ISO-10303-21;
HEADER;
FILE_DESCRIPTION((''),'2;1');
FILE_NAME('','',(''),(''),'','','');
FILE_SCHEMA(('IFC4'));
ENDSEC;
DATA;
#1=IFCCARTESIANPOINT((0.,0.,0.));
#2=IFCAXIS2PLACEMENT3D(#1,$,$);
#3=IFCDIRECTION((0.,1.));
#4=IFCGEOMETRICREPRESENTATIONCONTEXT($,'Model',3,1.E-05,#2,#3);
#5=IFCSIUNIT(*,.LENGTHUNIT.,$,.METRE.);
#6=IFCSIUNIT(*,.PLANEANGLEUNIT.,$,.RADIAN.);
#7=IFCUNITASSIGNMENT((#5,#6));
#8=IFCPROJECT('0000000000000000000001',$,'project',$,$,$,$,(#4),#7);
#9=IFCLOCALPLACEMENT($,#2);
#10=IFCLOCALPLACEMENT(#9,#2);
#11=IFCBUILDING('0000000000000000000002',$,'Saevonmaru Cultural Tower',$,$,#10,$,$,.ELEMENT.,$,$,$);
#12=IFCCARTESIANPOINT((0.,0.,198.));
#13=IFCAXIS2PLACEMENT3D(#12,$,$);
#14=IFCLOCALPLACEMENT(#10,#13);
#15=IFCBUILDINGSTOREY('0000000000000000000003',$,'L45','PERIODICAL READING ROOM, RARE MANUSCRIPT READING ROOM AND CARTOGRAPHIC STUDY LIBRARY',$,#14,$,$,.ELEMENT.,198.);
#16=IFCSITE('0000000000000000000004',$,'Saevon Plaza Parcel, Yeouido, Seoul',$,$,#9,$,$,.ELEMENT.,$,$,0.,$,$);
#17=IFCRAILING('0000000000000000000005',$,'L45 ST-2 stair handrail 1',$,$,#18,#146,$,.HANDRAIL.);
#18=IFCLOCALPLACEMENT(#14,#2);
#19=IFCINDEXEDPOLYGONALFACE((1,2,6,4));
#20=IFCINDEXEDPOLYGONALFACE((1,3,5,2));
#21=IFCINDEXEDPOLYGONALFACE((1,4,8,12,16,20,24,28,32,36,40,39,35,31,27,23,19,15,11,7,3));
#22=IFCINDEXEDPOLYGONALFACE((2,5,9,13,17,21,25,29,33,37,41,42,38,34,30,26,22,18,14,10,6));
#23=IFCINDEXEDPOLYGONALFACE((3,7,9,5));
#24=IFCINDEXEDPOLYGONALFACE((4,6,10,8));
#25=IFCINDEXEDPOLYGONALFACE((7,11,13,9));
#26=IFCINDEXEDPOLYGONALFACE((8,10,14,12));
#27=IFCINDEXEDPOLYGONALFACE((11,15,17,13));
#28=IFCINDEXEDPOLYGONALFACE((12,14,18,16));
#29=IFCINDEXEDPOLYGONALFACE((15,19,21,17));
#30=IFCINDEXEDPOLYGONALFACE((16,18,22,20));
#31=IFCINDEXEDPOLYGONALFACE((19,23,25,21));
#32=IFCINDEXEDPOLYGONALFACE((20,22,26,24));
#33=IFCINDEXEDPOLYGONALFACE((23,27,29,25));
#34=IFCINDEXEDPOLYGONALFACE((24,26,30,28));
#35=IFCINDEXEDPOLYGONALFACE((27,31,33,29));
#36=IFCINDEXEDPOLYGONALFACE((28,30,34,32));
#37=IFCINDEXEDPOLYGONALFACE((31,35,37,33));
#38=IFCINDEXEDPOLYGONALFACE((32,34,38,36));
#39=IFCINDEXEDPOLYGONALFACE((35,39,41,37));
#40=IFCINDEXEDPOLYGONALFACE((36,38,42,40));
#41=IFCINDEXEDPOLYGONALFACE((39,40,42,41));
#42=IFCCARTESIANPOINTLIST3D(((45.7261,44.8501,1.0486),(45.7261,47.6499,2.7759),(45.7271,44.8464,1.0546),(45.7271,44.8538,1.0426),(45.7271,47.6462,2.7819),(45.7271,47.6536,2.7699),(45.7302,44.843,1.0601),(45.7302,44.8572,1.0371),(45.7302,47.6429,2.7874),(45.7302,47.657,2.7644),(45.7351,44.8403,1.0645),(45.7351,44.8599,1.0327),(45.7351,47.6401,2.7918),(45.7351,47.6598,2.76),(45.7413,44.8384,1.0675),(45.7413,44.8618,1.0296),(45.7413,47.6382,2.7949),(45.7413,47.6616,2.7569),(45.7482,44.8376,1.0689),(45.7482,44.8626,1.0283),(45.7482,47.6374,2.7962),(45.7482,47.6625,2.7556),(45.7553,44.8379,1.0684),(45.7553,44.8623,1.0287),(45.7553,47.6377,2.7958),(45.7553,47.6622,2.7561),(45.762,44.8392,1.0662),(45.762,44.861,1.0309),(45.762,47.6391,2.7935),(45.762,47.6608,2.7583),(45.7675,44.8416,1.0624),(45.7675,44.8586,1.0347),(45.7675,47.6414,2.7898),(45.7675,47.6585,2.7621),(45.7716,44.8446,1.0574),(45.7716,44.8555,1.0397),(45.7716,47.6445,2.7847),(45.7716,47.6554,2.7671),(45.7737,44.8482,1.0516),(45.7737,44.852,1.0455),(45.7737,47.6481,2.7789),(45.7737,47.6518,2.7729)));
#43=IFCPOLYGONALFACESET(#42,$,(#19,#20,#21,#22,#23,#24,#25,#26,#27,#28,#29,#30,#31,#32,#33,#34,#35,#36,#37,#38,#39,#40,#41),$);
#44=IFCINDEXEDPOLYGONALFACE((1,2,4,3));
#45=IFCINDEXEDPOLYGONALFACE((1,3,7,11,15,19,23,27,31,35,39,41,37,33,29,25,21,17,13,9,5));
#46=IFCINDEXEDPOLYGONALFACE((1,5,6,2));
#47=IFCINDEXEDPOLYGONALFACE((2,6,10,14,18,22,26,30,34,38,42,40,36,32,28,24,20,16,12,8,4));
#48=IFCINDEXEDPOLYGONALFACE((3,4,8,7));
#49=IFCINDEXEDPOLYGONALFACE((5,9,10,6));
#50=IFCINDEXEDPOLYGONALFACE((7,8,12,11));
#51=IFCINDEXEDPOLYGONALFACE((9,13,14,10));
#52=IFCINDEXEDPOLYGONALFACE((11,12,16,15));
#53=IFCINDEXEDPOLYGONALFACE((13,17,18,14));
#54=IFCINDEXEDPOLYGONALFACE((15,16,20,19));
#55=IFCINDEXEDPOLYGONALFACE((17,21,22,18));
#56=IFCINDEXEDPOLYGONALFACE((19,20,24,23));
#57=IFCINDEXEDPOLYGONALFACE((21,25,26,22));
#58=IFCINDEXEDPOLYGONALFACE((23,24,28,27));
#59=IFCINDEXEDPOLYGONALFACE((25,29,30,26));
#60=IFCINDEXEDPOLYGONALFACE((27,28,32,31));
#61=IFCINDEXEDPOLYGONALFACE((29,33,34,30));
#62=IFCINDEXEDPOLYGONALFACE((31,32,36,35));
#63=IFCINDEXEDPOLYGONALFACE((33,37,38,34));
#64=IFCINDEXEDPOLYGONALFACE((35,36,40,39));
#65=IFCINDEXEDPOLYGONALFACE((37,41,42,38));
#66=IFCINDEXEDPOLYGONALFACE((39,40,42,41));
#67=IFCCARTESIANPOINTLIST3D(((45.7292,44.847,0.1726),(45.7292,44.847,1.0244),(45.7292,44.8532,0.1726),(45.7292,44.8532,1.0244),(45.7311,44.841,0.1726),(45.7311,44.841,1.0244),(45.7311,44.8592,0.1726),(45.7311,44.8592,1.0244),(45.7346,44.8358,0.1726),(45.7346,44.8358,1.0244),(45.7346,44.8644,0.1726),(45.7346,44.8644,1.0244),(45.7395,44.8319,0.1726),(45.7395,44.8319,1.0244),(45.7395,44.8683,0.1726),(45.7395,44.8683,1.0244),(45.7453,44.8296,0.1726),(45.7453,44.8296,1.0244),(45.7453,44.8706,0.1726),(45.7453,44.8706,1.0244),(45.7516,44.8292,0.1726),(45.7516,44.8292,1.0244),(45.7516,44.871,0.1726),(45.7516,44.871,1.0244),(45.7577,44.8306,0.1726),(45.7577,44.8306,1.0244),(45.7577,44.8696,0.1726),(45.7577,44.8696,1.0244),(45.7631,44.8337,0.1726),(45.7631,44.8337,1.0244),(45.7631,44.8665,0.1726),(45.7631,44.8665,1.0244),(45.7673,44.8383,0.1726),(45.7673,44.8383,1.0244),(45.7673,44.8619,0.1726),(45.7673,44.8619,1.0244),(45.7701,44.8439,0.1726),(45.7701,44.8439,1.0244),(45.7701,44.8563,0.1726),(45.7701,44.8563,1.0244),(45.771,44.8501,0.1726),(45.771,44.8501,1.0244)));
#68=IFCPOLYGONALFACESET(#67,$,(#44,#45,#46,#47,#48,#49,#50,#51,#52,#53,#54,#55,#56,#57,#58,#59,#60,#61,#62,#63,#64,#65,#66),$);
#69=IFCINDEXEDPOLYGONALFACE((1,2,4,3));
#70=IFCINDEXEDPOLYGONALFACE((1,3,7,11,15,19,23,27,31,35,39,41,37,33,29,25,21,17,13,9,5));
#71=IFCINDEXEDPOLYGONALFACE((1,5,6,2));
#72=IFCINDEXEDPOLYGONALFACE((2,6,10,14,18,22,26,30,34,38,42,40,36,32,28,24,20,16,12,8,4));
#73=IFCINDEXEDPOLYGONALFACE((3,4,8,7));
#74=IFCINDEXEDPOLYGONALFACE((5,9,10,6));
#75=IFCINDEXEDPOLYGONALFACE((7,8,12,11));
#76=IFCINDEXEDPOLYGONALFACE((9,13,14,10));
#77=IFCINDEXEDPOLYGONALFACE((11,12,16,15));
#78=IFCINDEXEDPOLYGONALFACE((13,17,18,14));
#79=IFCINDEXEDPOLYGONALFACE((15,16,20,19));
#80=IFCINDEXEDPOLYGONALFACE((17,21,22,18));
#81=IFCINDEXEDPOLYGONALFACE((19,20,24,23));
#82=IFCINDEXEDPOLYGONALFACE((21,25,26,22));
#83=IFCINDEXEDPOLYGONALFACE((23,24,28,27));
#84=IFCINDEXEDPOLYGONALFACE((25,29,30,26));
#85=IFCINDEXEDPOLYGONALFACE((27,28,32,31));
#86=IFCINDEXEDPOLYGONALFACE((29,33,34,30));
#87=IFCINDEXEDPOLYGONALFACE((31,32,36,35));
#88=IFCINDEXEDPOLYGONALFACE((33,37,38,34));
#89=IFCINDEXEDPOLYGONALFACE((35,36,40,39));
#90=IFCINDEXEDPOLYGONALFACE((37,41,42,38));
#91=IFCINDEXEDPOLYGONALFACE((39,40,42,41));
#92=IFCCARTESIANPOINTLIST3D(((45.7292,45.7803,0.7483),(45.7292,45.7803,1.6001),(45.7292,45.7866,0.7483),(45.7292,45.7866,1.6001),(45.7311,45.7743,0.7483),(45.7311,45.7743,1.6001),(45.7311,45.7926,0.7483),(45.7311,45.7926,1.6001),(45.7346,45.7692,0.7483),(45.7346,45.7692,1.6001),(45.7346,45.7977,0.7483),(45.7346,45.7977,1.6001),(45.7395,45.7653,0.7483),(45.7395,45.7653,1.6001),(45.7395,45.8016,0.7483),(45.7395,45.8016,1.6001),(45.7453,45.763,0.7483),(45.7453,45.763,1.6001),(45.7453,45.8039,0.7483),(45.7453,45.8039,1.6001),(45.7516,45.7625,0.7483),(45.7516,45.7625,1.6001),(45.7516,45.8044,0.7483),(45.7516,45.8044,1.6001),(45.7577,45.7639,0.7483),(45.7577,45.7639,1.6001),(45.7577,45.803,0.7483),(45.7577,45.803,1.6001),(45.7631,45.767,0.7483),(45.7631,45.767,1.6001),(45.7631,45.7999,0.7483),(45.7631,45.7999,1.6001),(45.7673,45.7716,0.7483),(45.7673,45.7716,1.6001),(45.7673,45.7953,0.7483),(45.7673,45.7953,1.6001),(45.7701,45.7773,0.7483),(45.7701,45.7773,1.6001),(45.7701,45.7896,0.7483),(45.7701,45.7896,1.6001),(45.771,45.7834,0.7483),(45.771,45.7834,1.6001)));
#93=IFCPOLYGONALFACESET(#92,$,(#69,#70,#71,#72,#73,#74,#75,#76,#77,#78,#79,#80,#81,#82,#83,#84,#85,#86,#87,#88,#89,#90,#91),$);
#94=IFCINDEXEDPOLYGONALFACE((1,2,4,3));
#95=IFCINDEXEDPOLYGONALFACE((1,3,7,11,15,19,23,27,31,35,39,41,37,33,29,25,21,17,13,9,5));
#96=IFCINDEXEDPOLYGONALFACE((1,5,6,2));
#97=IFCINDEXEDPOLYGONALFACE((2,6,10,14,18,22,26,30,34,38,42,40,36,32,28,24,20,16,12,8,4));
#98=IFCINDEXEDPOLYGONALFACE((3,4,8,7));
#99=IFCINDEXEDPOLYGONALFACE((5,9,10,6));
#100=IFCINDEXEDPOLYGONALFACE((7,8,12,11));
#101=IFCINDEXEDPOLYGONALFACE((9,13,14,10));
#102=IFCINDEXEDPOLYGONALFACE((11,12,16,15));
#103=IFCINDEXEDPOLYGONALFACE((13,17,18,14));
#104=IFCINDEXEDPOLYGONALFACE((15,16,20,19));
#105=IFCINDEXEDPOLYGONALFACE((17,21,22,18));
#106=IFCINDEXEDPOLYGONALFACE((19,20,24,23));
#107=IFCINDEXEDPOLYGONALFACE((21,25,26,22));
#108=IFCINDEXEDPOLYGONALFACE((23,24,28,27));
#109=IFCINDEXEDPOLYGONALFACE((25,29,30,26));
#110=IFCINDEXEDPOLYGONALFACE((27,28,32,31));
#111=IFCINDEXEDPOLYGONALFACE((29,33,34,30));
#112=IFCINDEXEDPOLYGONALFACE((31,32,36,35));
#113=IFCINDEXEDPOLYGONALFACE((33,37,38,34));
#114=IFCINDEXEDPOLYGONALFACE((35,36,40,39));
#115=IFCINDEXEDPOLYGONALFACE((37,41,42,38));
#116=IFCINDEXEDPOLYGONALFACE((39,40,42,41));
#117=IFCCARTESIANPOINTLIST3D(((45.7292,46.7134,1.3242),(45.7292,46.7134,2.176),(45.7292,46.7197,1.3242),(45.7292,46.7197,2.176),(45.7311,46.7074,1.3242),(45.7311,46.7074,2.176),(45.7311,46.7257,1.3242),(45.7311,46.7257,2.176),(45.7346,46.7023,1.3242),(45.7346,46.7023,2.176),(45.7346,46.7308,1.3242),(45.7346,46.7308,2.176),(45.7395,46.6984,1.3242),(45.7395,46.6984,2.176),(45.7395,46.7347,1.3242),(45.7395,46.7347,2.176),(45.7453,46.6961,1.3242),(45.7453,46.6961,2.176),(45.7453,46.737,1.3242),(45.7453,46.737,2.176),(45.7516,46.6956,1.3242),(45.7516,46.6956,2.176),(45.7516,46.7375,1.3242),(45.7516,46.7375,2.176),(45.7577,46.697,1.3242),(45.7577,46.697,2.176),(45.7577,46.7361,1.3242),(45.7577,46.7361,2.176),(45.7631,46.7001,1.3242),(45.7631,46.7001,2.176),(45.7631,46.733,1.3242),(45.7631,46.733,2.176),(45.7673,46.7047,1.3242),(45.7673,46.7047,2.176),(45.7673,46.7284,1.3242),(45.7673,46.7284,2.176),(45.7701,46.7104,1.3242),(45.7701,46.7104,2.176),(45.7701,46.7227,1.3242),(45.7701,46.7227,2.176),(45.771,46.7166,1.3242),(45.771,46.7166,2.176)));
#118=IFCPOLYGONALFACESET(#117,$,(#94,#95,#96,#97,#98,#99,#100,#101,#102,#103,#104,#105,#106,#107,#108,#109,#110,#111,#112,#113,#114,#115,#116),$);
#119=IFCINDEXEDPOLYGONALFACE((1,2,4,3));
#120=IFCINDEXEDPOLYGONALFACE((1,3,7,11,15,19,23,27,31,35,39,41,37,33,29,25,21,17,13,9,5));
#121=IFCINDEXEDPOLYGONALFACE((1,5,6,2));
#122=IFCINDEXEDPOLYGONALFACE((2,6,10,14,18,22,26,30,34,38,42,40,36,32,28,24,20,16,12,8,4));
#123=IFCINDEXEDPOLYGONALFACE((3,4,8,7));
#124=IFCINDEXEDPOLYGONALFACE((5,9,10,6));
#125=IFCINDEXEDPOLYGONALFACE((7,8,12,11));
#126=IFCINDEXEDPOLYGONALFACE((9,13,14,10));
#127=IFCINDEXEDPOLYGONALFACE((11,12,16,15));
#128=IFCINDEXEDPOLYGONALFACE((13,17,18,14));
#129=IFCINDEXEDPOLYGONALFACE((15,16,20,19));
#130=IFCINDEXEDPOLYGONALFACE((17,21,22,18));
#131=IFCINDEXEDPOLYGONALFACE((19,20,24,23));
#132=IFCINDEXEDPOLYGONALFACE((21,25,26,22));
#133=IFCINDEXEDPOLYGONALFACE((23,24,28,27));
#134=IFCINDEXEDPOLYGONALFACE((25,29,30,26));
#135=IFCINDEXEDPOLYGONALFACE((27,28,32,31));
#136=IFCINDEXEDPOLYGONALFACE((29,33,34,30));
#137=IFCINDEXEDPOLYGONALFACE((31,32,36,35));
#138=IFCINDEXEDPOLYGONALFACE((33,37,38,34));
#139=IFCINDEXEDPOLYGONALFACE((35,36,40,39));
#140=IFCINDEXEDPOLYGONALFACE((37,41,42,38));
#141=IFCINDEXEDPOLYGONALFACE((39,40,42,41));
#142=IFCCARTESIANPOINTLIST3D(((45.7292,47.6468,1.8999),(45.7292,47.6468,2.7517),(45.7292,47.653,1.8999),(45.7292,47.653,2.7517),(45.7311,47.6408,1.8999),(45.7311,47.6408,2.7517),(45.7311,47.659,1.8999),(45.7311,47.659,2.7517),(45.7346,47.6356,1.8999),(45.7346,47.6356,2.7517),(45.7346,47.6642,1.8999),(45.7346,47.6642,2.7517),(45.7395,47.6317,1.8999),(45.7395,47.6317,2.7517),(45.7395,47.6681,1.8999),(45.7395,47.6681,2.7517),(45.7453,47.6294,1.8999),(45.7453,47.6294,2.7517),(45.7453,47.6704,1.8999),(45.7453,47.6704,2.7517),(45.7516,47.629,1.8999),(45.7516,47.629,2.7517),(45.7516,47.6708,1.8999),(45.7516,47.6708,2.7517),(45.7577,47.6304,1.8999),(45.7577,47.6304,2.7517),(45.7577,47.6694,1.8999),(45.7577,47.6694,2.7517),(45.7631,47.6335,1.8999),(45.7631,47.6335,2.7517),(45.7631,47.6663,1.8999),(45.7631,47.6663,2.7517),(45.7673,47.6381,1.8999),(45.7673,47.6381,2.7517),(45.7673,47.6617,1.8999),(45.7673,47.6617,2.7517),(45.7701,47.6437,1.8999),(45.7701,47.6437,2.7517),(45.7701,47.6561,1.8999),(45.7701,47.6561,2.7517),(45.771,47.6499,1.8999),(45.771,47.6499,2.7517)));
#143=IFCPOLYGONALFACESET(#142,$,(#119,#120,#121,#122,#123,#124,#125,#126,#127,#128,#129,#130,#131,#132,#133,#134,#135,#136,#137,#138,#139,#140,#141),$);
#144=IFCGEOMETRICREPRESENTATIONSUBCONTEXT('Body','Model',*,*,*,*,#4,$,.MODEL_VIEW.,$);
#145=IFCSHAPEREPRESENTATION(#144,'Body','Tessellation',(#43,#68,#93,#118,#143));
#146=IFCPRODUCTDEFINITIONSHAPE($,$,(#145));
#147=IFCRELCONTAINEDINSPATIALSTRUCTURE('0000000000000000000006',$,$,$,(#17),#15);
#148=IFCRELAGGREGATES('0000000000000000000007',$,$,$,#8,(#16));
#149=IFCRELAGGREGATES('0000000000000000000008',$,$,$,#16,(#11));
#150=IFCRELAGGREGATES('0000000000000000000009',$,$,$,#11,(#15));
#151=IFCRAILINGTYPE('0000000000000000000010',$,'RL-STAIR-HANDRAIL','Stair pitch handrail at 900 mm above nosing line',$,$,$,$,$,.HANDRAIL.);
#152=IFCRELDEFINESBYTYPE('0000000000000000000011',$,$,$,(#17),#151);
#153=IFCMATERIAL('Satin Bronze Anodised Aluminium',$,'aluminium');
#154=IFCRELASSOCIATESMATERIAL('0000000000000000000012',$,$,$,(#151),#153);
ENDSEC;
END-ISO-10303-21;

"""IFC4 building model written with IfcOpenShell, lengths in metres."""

from ifc_helpers import new_model, si_unit, direction, frame, origin, origin_2d, place, context, subcontext, project, spatial, circle, extrude, material, type_object, element, save


model = new_model("IFC4")

# Units and contexts
model_context = context("Model", 3, precision=1e-05, world=origin(), true_north=direction((0.0, 1.0)))
body_context = subcontext(model_context, "Body", "Model", "MODEL_VIEW")
ifc_project = project(units=[si_unit("LENGTHUNIT", "METRE"), si_unit("PLANEANGLEUNIT", "RADIAN")], contexts=[model_context])

# Site, building, storey
site_placement = place(None, origin())
site = spatial("IfcSite", under=ifc_project, at=site_placement, Name="Saevon Plaza Parcel, Yeouido, Seoul", CompositionType="ELEMENT", RefElevation=0.0)
building_placement = place(site_placement, origin())
building = spatial("IfcBuilding", under=site, at=building_placement, Name="Saevonmaru Cultural Tower", CompositionType="ELEMENT")
storey_placement = place(building_placement, frame((0.0, 0.0, 198.0)))
storey = spatial("IfcBuildingStorey", under=building, at=storey_placement, Name="L45", Description="PERIODICAL READING ROOM, RARE MANUSCRIPT READING ROOM AND CARTOGRAPHIC STUDY LIBRARY", CompositionType="ELEMENT", Elevation=198.0)

# Shared definitions
ifc_material_1 = material(Name="Satin Bronze Anodised Aluminium", Category="aluminium")

# Railing
railing_type_1 = type_object("IfcRailingType", Name="RL-STAIR-HANDRAIL", Description="Stair pitch handrail at 900 mm above nosing line", PredefinedType="HANDRAIL", material=ifc_material_1)
railing_1_placement = place(storey_placement, frame((45.75, 44.8501, 0.1726)))
element("IfcRailing", 1, at=railing_1_placement, inside=storey, type_object=railing_type_1, Name="L45 ST-2 stair handrail 1", PredefinedType="HANDRAIL", context=body_context, shape_type="SweptSolid", body=[
    extrude(circle(Radius=0.0239, at=origin_2d()), frame((0.0, 0.0, 0.876), z_axis=(0.0, 0.851069, 0.525054), x_axis=(-1.0, 0.0, 0.0)), (0.0, 0.0, 1.0), 3.2898),
    extrude(circle(Radius=0.021, at=origin_2d()), origin(), (0.0, 0.0, 1.0), 0.8518),
    extrude(circle(Radius=0.021, at=origin_2d()), frame((0.0, 0.9333, 0.5757)), (0.0, 0.0, 1.0), 0.8518),
    extrude(circle(Radius=0.021, at=origin_2d()), frame((0.0, 1.8665, 1.1516)), (0.0, 0.0, 1.0), 0.8518),
    extrude(circle(Radius=0.021, at=origin_2d()), frame((0.0, 2.7998, 1.7273)), (0.0, 0.0, 1.0), 0.8518),
])

save(model, "model.ifc")
